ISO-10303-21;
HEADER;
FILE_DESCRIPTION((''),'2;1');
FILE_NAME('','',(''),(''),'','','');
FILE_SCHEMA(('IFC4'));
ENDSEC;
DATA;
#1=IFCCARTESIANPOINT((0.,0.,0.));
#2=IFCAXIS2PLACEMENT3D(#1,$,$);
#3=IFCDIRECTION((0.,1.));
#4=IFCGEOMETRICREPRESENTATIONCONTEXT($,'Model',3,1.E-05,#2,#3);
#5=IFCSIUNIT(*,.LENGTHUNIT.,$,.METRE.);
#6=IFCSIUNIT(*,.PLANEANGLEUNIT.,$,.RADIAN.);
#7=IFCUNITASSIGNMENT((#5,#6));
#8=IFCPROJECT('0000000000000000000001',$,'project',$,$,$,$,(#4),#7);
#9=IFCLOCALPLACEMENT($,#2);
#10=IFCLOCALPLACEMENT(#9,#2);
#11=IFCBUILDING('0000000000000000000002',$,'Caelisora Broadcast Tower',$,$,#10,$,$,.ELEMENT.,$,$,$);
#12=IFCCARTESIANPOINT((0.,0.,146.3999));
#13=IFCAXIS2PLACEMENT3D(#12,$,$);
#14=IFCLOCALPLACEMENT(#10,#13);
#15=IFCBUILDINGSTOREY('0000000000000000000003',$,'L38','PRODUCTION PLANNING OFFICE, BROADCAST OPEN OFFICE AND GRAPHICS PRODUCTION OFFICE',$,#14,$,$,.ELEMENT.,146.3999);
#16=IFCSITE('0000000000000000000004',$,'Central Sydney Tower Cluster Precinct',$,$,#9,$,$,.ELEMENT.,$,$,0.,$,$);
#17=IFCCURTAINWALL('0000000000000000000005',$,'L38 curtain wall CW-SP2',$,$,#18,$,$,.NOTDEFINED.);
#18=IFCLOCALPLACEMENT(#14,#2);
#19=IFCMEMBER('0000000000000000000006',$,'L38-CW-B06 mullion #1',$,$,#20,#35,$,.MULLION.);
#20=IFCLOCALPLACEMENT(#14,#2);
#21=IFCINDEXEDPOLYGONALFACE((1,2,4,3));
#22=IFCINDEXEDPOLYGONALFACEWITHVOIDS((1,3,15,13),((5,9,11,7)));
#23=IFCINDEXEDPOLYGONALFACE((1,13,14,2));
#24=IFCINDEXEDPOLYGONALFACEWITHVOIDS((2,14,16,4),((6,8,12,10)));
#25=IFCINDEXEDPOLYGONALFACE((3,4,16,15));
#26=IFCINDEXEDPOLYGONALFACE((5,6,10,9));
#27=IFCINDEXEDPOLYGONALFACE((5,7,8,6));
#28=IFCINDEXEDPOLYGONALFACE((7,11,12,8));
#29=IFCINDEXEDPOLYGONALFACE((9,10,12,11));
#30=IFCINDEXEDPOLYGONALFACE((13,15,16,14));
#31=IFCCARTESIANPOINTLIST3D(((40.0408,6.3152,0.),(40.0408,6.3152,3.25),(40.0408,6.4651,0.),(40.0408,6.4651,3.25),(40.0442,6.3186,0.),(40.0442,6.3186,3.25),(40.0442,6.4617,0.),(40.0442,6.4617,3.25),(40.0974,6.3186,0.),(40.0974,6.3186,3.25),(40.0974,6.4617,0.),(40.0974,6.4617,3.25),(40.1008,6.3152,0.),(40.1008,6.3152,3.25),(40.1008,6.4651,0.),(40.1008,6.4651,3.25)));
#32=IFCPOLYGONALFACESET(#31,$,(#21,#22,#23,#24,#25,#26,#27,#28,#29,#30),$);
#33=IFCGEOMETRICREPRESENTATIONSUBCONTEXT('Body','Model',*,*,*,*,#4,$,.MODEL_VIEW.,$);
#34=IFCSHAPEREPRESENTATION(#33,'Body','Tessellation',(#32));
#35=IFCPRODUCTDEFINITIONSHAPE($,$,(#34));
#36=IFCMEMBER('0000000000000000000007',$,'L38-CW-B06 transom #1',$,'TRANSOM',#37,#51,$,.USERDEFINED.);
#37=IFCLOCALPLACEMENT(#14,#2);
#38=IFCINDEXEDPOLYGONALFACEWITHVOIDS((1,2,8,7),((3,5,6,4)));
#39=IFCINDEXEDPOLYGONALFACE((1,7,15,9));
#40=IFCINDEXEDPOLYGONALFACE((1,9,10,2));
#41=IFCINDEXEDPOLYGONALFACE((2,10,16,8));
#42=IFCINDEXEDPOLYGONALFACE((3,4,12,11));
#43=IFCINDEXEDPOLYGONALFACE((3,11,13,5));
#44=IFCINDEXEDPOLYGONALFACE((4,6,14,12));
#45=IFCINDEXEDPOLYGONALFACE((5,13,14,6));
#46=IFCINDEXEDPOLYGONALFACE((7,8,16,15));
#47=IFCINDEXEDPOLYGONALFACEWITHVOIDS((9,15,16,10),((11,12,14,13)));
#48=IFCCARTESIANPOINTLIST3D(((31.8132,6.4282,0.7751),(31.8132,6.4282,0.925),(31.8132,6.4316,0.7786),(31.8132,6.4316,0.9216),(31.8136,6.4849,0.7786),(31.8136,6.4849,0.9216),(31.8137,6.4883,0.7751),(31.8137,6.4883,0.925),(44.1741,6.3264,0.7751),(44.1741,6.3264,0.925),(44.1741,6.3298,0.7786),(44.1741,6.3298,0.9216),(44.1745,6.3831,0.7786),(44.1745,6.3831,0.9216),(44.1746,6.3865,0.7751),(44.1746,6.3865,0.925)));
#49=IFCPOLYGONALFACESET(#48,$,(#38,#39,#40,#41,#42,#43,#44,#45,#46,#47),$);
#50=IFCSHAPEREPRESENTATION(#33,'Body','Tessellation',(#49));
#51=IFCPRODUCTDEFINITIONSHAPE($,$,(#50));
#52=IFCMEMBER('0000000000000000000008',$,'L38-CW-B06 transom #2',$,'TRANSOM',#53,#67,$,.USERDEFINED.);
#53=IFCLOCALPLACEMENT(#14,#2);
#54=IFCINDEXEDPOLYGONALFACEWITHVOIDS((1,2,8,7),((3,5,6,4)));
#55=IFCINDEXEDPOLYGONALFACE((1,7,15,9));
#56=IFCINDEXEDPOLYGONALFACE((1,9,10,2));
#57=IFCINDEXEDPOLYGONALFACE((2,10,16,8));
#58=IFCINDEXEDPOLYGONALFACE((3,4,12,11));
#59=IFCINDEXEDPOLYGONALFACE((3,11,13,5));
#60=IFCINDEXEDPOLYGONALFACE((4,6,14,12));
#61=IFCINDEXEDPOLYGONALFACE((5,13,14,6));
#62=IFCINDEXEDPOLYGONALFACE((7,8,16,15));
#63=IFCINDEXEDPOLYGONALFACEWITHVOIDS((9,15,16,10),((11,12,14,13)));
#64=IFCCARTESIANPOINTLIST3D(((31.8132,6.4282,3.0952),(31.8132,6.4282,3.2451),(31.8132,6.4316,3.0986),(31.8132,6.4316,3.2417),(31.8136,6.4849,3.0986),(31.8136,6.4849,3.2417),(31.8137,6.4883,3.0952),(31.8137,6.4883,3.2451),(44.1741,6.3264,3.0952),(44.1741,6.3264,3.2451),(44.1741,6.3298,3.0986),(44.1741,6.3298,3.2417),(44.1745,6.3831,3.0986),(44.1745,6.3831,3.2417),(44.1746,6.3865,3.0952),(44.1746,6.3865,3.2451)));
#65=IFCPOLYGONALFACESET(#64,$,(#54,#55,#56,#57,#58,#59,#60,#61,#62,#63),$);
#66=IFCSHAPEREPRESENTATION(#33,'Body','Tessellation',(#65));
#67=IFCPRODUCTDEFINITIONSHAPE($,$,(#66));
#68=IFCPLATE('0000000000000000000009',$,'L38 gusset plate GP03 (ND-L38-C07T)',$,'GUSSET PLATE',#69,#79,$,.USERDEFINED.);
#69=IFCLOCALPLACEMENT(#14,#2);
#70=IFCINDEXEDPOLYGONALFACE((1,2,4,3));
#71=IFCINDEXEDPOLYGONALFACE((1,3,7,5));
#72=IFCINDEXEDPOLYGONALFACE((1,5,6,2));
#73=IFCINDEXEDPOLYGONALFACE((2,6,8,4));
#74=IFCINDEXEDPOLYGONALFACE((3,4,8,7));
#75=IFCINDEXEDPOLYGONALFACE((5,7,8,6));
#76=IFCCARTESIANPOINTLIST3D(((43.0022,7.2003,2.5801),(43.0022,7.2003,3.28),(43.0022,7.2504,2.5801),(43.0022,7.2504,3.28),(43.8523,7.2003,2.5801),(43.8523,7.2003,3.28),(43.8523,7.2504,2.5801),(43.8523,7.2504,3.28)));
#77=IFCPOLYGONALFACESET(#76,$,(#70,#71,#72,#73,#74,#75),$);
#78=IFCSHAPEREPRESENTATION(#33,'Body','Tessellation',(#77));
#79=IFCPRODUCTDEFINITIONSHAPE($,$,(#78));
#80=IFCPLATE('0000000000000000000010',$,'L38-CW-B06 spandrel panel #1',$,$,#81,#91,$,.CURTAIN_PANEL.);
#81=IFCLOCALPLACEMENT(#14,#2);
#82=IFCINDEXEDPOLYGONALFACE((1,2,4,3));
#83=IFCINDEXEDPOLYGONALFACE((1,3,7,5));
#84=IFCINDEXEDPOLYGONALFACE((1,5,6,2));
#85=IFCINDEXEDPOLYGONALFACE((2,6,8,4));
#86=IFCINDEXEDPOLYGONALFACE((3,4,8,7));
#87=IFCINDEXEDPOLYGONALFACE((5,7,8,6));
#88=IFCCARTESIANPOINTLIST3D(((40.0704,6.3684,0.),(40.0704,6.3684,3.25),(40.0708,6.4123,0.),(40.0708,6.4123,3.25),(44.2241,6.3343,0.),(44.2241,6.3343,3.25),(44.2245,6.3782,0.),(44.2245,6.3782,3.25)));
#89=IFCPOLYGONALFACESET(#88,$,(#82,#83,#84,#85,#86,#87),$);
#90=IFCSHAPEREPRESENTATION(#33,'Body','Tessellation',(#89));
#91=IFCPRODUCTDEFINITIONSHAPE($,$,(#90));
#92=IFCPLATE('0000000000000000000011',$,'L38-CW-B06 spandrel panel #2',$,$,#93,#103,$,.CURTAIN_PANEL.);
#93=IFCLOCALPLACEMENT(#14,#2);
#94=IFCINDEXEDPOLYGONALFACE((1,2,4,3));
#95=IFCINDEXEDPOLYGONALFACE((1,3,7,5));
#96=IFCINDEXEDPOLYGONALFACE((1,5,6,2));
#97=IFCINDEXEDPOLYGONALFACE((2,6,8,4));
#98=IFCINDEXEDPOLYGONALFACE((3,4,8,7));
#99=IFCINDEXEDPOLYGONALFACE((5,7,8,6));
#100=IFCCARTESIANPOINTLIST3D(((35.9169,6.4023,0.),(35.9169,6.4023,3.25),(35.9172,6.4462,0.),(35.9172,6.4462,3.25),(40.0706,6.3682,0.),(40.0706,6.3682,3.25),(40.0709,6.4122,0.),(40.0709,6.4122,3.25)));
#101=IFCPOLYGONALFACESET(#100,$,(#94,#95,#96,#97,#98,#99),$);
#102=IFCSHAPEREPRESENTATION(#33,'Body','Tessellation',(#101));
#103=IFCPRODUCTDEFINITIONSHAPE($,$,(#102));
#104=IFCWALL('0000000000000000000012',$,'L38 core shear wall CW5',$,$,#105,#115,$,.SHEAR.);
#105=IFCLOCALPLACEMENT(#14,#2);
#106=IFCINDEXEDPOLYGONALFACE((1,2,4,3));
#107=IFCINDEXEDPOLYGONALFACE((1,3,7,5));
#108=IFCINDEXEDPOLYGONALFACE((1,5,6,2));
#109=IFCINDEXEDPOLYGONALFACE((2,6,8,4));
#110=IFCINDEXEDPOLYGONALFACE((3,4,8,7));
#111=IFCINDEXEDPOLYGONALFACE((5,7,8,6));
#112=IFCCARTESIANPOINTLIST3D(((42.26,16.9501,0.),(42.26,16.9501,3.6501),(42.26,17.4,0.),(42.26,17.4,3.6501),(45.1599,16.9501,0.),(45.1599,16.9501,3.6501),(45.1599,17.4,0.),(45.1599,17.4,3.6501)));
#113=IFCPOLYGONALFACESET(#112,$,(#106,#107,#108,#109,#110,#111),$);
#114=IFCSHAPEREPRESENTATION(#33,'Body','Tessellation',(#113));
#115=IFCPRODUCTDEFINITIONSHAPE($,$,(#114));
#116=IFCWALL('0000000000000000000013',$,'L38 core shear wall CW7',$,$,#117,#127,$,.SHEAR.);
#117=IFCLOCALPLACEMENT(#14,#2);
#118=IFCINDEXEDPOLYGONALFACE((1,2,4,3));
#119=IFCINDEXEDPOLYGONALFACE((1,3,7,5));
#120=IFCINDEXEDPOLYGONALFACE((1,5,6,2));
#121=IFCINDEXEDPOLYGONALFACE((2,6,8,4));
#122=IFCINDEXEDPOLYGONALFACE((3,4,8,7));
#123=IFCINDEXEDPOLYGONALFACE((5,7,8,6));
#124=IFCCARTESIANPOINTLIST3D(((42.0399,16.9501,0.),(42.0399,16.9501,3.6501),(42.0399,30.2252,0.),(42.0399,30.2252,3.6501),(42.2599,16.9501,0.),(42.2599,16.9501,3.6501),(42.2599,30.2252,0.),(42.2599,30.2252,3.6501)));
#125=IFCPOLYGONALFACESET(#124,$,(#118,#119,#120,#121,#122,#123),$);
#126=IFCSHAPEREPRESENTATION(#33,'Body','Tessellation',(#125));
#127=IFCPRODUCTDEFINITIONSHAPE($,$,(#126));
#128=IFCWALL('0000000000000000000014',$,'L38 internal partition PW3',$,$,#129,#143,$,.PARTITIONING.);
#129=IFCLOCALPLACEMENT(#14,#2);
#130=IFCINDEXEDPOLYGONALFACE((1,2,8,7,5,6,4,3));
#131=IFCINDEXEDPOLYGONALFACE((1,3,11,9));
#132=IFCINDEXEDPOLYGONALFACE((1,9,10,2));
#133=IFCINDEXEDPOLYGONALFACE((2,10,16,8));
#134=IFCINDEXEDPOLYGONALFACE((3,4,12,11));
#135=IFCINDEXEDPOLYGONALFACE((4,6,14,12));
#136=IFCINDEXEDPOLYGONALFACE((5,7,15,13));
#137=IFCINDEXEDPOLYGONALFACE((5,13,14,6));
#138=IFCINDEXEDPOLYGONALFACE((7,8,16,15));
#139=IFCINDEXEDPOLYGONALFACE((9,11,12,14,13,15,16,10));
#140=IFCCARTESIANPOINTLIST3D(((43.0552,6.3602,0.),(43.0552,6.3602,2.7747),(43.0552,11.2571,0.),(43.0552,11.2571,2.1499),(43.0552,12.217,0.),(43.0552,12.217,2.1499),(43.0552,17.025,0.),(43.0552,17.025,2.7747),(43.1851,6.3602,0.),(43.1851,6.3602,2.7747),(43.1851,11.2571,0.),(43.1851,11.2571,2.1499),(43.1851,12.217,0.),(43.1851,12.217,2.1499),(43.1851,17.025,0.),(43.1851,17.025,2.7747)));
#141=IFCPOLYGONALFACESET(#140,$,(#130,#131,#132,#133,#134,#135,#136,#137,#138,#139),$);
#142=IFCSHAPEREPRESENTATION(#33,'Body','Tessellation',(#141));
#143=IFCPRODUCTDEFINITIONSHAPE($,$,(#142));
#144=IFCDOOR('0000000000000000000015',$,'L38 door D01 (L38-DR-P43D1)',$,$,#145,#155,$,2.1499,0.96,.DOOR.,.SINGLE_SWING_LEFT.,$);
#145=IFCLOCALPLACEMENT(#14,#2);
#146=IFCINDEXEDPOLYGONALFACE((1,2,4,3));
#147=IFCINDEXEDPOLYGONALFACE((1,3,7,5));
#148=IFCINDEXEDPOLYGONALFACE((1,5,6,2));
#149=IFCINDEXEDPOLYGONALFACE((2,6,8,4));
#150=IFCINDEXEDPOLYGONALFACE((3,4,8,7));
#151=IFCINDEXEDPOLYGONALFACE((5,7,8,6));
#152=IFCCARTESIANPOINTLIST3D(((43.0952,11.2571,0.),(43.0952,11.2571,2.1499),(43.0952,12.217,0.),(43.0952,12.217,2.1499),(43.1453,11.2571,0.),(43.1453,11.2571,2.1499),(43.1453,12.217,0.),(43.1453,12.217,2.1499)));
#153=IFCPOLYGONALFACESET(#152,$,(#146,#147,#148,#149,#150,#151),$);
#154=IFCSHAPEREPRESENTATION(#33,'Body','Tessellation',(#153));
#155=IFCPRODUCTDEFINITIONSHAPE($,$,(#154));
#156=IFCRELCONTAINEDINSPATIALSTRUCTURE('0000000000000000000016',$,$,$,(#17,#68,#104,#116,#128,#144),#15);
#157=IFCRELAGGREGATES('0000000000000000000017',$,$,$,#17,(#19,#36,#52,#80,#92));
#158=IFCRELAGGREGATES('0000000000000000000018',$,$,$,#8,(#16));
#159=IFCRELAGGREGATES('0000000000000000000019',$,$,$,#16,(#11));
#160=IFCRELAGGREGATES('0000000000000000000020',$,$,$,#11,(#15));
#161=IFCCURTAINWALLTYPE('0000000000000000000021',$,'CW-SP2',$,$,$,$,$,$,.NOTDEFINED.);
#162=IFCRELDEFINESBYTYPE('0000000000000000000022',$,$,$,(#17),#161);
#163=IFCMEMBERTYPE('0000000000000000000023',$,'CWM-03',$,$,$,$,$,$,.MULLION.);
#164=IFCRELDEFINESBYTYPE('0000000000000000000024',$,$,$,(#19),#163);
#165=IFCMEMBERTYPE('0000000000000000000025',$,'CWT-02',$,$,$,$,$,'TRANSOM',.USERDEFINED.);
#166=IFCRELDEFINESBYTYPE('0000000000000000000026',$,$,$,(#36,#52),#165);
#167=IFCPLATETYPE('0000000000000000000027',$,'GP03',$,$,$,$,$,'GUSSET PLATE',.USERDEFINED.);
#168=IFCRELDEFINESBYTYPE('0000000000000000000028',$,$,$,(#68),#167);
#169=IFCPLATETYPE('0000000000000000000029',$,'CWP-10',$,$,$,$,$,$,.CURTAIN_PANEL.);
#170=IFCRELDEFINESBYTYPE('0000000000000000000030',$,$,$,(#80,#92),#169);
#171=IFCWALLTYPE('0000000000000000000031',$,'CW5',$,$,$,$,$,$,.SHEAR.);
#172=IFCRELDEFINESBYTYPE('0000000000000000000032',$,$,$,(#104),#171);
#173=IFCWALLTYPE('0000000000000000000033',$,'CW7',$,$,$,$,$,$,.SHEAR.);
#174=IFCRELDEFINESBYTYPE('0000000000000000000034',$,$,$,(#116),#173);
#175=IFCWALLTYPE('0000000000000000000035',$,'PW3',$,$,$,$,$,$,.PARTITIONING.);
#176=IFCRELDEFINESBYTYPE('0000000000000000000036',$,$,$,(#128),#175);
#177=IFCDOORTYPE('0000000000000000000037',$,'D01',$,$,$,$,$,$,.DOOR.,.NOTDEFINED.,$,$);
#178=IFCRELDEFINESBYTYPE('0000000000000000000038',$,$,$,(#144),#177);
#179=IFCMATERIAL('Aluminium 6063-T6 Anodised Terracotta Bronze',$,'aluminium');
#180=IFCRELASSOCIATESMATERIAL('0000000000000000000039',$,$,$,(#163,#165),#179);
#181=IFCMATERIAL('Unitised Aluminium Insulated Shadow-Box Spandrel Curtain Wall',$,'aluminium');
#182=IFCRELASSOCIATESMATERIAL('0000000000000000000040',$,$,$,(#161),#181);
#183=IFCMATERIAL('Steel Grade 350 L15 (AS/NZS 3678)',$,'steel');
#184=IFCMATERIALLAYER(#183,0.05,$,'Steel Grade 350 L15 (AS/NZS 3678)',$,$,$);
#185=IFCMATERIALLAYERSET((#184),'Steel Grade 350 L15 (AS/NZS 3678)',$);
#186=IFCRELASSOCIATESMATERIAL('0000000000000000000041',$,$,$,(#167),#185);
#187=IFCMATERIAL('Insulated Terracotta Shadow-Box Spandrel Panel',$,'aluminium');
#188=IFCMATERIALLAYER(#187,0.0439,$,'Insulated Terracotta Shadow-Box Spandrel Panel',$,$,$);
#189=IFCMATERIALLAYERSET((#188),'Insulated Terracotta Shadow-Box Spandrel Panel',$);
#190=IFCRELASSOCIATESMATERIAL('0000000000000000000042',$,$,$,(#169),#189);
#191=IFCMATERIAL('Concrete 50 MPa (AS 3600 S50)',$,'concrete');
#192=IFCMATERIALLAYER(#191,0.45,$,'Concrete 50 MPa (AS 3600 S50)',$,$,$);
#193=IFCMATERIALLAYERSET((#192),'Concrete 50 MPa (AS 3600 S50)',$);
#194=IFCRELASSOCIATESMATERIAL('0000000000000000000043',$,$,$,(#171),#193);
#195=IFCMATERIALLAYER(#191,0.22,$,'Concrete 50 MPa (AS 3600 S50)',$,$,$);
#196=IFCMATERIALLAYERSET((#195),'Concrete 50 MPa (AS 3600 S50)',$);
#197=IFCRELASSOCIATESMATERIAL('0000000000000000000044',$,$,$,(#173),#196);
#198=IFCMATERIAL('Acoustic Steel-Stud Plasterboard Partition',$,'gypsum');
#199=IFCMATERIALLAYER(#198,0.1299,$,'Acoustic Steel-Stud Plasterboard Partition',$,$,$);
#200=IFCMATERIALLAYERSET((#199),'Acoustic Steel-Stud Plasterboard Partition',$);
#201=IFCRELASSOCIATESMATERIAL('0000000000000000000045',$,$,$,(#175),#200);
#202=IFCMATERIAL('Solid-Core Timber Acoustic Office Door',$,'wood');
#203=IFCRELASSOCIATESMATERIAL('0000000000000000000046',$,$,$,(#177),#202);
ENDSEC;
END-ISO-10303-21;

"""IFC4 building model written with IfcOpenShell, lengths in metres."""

from ifc_helpers import new_model, si_unit, direction, frame, frame_2d, origin, origin_2d, place, context, subcontext, project, spatial, rectangle, hollow_rectangle, extrude, source, transform, mapped, material, layer, layer_set, material_profile, profile_set, type_object, type_shapes, element, fill, aggregate, save


model = new_model("IFC4")

# Units and contexts
model_context = context("Model", 3, precision=1e-05, world=origin(), true_north=direction((0.0, 1.0)))
body_context = subcontext(model_context, "Body", "Model", "MODEL_VIEW")
ifc_project = project(units=[si_unit("LENGTHUNIT", "METRE"), si_unit("PLANEANGLEUNIT", "RADIAN")], contexts=[model_context])

# Site, building, storey
site_placement = place(None, origin())
site = spatial("IfcSite", under=ifc_project, at=site_placement, Name="Central Sydney Tower Cluster Precinct", CompositionType="ELEMENT", RefElevation=0.0)
building_placement = place(site_placement, origin())
building = spatial("IfcBuilding", under=site, at=building_placement, Name="Caelisora Broadcast Tower", CompositionType="ELEMENT")
storey_placement = place(building_placement, frame((0.0, 0.0, 146.3999)))
storey = spatial("IfcBuildingStorey", under=building, at=storey_placement, Name="L38", Description="PRODUCTION PLANNING OFFICE, BROADCAST OPEN OFFICE AND GRAPHICS PRODUCTION OFFICE", CompositionType="ELEMENT", Elevation=146.3999)

# Shared definitions
ifc_material_1 = material(Name="Steel Grade 350 L15 (AS/NZS 3678)", Category="steel")

# Shared definitions
ifc_material_2 = material(Name="Aluminium 6063-T6 Anodised Terracotta Bronze", Category="aluminium")
ifc_material_profile_1 = material_profile(ifc_material_2, hollow_rectangle(XDim=0.0601, YDim=0.1499, WallThickness=0.0034, at=origin_2d()), Name="Aluminium 6063-T6 Anodised Terracotta Bronze")
ifc_profile_set_1 = profile_set([ifc_material_profile_1], Name="Aluminium 6063-T6 Anodised Terracotta Bronze")
member_type_1 = type_object("IfcMemberType", Name="CWM-03", PredefinedType="MULLION", material=ifc_profile_set_1)
shared_shape_1 = source(origin(), body_context, "Body", "SweptSolid", [
    extrude(hollow_rectangle(XDim=0.0601, YDim=0.1499, WallThickness=0.0034, at=origin_2d()), origin(), (0.0, 0.0, 1.0), 3.25),
])
type_shapes(member_type_1, [shared_shape_1])

# Curtain wall, members
ifc_material_3 = material(Name="Unitised Aluminium Insulated Shadow-Box Spandrel Curtain Wall", Category="aluminium")
curtain_wall_type_1 = type_object("IfcCurtainWallType", Name="CW-SP2", PredefinedType="NOTDEFINED", material=ifc_material_3)
curtain_wall_1_placement = place(storey_placement, origin())
curtain_wall_1 = element("IfcCurtainWall", 1, at=curtain_wall_1_placement, inside=storey, type_object=curtain_wall_type_1, Name="L38 curtain wall CW-SP2", PredefinedType="NOTDEFINED")
member_1_placement = place(storey_placement, frame((40.0708, 6.3901, 0.0), z_axis=(0.0, 0.0, 1.0), x_axis=(1.0, 0.0, 0.0)))
member_1 = element("IfcMember", 2, at=member_1_placement, type_object=member_type_1, Name="L38-CW-B06 mullion #1", PredefinedType="MULLION", context=body_context, shape_type="MappedRepresentation", body=[
    mapped(shared_shape_1, transform((0.0, 0.0, 0.0), scale=1.0)),
])
ifc_material_profile_2 = material_profile(ifc_material_2, hollow_rectangle(XDim=0.0601, YDim=0.1499, WallThickness=0.0034, at=origin_2d()), Name="Aluminium 6063-T6 Anodised Terracotta Bronze")
ifc_profile_set_2 = profile_set([ifc_material_profile_2], Name="Aluminium 6063-T6 Anodised Terracotta Bronze")
member_type_2 = type_object("IfcMemberType", Name="CWT-02", ElementType="TRANSOM", PredefinedType="USERDEFINED", material=ifc_profile_set_2)
shared_shape_2 = source(origin(), body_context, "Body", "SweptSolid", [
    extrude(hollow_rectangle(XDim=0.0601, YDim=0.1499, WallThickness=0.0034, at=origin_2d()), origin(), (0.0, 0.0, 1.0), 12.3613),
])
type_shapes(member_type_2, [shared_shape_2])
member_2_placement = place(storey_placement, frame((44.1743, 6.3564, 0.8501), z_axis=(-0.999966, 0.008236, 0.0), x_axis=(-0.008236, -0.999966, 0.0)))
member_2 = element("IfcMember", 3, at=member_2_placement, type_object=member_type_2, Name="L38-CW-B06 transom #1", ObjectType="TRANSOM", PredefinedType="USERDEFINED", context=body_context, shape_type="MappedRepresentation", body=[
    mapped(shared_shape_2, transform((0.0, 0.0, 0.0), scale=1.0)),
])
member_3_placement = place(storey_placement, frame((44.1743, 6.3564, 3.1702), z_axis=(-0.999966, 0.008236, 0.0), x_axis=(-0.008236, -0.999966, 0.0)))
member_3 = element("IfcMember", 4, at=member_3_placement, type_object=member_type_2, Name="L38-CW-B06 transom #2", ObjectType="TRANSOM", PredefinedType="USERDEFINED", context=body_context, shape_type="MappedRepresentation", body=[
    mapped(shared_shape_2, transform((0.0, 0.0, 0.0), scale=1.0)),
])

# Plates
ifc_layer_1 = layer(ifc_material_1, 0.05, Name="Steel Grade 350 L15 (AS/NZS 3678)")
ifc_layer_set_1 = layer_set([ifc_layer_1], Name="Steel Grade 350 L15 (AS/NZS 3678)")
plate_type_1 = type_object("IfcPlateType", Name="GP03", ElementType="GUSSET PLATE", PredefinedType="USERDEFINED", material=ifc_layer_set_1)
shared_shape_3 = source(origin(), body_context, "Body", "SweptSolid", [
    extrude(rectangle(XDim=0.8501, YDim=0.05, at=origin_2d()), origin(), (0.0, 0.0, 1.0), 0.7),
])
type_shapes(plate_type_1, [shared_shape_3])
plate_1_placement = place(storey_placement, frame((43.4272, 7.2253, 2.5801), z_axis=(0.0, 0.0, 1.0), x_axis=(1.0, 0.0, 0.0)))
element("IfcPlate", 5, at=plate_1_placement, inside=storey, type_object=plate_type_1, Name="L38 gusset plate GP03 (ND-L38-C07T)", ObjectType="GUSSET PLATE", PredefinedType="USERDEFINED", context=body_context, shape_type="MappedRepresentation", body=[
    mapped(shared_shape_3, transform((0.0, 0.0, 0.0), scale=1.0)),
])
ifc_material_4 = material(Name="Insulated Terracotta Shadow-Box Spandrel Panel", Category="aluminium")
ifc_layer_2 = layer(ifc_material_4, 0.0439, Name="Insulated Terracotta Shadow-Box Spandrel Panel")
ifc_layer_set_2 = layer_set([ifc_layer_2], Name="Insulated Terracotta Shadow-Box Spandrel Panel")
plate_type_2 = type_object("IfcPlateType", Name="CWP-10", PredefinedType="CURTAIN_PANEL", material=ifc_layer_set_2)
shared_shape_4 = source(origin(), body_context, "Body", "SweptSolid", [
    extrude(rectangle(XDim=4.1538, YDim=0.0439, at=origin_2d()), origin(), (0.0, 0.0, 1.0), 3.25),
])
type_shapes(plate_type_2, [shared_shape_4])
plate_2_placement = place(storey_placement, frame((42.1475, 6.3733, 0.0), z_axis=(0.0, 0.0, 1.0), x_axis=(-0.999966, 0.008203, 0.0)))
plate_2 = element("IfcPlate", 6, at=plate_2_placement, type_object=plate_type_2, Name="L38-CW-B06 spandrel panel #1", PredefinedType="CURTAIN_PANEL", context=body_context, shape_type="MappedRepresentation", body=[
    mapped(shared_shape_4, transform((0.0, 0.0, 0.0), scale=1.0)),
])
plate_3_placement = place(storey_placement, frame((37.9939, 6.4072, 0.0), z_axis=(0.0, 0.0, 1.0), x_axis=(-0.999966, 0.008203, 0.0)))
plate_3 = element("IfcPlate", 7, at=plate_3_placement, type_object=plate_type_2, Name="L38-CW-B06 spandrel panel #2", PredefinedType="CURTAIN_PANEL", context=body_context, shape_type="MappedRepresentation", body=[
    mapped(shared_shape_4, transform((0.0, 0.0, 0.0), scale=1.0)),
])
aggregate(curtain_wall_1, [member_1, member_2, member_3, plate_2, plate_3])

# Shared definitions
ifc_material_5 = material(Name="Concrete 50 MPa (AS 3600 S50)", Category="concrete")

# Walls
ifc_layer_3 = layer(ifc_material_5, 0.45, Name="Concrete 50 MPa (AS 3600 S50)")
ifc_layer_set_3 = layer_set([ifc_layer_3], Name="Concrete 50 MPa (AS 3600 S50)")
wall_type_1 = type_object("IfcWallType", Name="CW5", PredefinedType="SHEAR", material=ifc_layer_set_3)
wall_1_placement = place(storey_placement, frame((42.26, 17.175, 0.0), z_axis=(0.0, 0.0, 1.0), x_axis=(1.0, 0.0, 0.0)))
element("IfcWall", 8, at=wall_1_placement, inside=storey, type_object=wall_type_1, Name="L38 core shear wall CW5", PredefinedType="SHEAR", context=body_context, shape_type="SweptSolid", body=[
    extrude(rectangle(XDim=2.8999, YDim=0.45, at=frame_2d((1.45, 0.0))), origin(), (0.0, 0.0, 1.0), 3.6501),
])
ifc_layer_4 = layer(ifc_material_5, 0.22, Name="Concrete 50 MPa (AS 3600 S50)")
ifc_layer_set_4 = layer_set([ifc_layer_4], Name="Concrete 50 MPa (AS 3600 S50)")
wall_type_2 = type_object("IfcWallType", Name="CW7", PredefinedType="SHEAR", material=ifc_layer_set_4)
wall_2_placement = place(storey_placement, frame((42.1499, 16.95, 0.0), z_axis=(0.0, 0.0, 1.0), x_axis=(0.0, 1.0, 0.0)))
element("IfcWall", 9, at=wall_2_placement, inside=storey, type_object=wall_type_2, Name="L38 core shear wall CW7", PredefinedType="SHEAR", context=body_context, shape_type="SweptSolid", body=[
    extrude(rectangle(XDim=13.2751, YDim=0.22, at=frame_2d((6.6377, 0.0))), origin(), (0.0, 0.0, 1.0), 3.6501),
])

# Wall, opening, door
ifc_material_6 = material(Name="Acoustic Steel-Stud Plasterboard Partition", Category="gypsum")
ifc_layer_5 = layer(ifc_material_6, 0.1299, Name="Acoustic Steel-Stud Plasterboard Partition")
ifc_layer_set_5 = layer_set([ifc_layer_5], Name="Acoustic Steel-Stud Plasterboard Partition")
wall_type_3 = type_object("IfcWallType", Name="PW3", PredefinedType="PARTITIONING", material=ifc_layer_set_5)
wall_3_placement = place(storey_placement, frame((43.1201, 6.3601, 0.0), z_axis=(0.0, 0.0, 1.0), x_axis=(0.0, 1.0, 0.0)))
wall_3 = element("IfcWall", 10, at=wall_3_placement, inside=storey, type_object=wall_type_3, Name="L38 internal partition PW3", PredefinedType="PARTITIONING", context=body_context, shape_type="SweptSolid", body=[
    extrude(rectangle(XDim=10.6648, YDim=0.1299, at=frame_2d((5.3325, 0.0))), origin(), (0.0, 0.0, 1.0), 2.7747),
])
opening_1_placement = place(wall_3_placement, frame((4.897, 0.0, 0.0)))
opening_1 = element("IfcOpeningElement", 11, at=opening_1_placement, cuts=wall_3, PredefinedType="OPENING", context=body_context, shape_type="SweptSolid", body=[
    extrude(rectangle(XDim=0.96, YDim=2.1499, at=frame_2d((0.48, 1.075))), frame((0.0, 0.0769, 0.0), z_axis=(0.0, -1.0, 0.0), x_axis=(1.0, 0.0, 0.0)), (0.0, 0.0, 1.0), 0.1538),
])
ifc_material_7 = material(Name="Solid-Core Timber Acoustic Office Door", Category="wood")
door_type_1 = type_object("IfcDoorType", Name="D01", OperationType="NOTDEFINED", PredefinedType="DOOR", material=ifc_material_7)
door_1_placement = place(opening_1_placement, origin())
door_1 = element("IfcDoor", 12, at=door_1_placement, inside=storey, type_object=door_type_1, Name="L38 door D01 (L38-DR-P43D1)", OperationType="SINGLE_SWING_LEFT", OverallHeight=2.1499, OverallWidth=0.96, PredefinedType="DOOR", context=body_context, shape_type="SweptSolid", body=[
    extrude(rectangle(XDim=0.96, YDim=2.1499, at=frame_2d((0.48, 1.075))), frame((0.0, 0.0249, 0.0), z_axis=(0.0, -1.0, 0.0), x_axis=(1.0, 0.0, 0.0)), (0.0, 0.0, 1.0), 0.05),
])
fill(opening_1, door_1)

save(model, "model.ifc")
